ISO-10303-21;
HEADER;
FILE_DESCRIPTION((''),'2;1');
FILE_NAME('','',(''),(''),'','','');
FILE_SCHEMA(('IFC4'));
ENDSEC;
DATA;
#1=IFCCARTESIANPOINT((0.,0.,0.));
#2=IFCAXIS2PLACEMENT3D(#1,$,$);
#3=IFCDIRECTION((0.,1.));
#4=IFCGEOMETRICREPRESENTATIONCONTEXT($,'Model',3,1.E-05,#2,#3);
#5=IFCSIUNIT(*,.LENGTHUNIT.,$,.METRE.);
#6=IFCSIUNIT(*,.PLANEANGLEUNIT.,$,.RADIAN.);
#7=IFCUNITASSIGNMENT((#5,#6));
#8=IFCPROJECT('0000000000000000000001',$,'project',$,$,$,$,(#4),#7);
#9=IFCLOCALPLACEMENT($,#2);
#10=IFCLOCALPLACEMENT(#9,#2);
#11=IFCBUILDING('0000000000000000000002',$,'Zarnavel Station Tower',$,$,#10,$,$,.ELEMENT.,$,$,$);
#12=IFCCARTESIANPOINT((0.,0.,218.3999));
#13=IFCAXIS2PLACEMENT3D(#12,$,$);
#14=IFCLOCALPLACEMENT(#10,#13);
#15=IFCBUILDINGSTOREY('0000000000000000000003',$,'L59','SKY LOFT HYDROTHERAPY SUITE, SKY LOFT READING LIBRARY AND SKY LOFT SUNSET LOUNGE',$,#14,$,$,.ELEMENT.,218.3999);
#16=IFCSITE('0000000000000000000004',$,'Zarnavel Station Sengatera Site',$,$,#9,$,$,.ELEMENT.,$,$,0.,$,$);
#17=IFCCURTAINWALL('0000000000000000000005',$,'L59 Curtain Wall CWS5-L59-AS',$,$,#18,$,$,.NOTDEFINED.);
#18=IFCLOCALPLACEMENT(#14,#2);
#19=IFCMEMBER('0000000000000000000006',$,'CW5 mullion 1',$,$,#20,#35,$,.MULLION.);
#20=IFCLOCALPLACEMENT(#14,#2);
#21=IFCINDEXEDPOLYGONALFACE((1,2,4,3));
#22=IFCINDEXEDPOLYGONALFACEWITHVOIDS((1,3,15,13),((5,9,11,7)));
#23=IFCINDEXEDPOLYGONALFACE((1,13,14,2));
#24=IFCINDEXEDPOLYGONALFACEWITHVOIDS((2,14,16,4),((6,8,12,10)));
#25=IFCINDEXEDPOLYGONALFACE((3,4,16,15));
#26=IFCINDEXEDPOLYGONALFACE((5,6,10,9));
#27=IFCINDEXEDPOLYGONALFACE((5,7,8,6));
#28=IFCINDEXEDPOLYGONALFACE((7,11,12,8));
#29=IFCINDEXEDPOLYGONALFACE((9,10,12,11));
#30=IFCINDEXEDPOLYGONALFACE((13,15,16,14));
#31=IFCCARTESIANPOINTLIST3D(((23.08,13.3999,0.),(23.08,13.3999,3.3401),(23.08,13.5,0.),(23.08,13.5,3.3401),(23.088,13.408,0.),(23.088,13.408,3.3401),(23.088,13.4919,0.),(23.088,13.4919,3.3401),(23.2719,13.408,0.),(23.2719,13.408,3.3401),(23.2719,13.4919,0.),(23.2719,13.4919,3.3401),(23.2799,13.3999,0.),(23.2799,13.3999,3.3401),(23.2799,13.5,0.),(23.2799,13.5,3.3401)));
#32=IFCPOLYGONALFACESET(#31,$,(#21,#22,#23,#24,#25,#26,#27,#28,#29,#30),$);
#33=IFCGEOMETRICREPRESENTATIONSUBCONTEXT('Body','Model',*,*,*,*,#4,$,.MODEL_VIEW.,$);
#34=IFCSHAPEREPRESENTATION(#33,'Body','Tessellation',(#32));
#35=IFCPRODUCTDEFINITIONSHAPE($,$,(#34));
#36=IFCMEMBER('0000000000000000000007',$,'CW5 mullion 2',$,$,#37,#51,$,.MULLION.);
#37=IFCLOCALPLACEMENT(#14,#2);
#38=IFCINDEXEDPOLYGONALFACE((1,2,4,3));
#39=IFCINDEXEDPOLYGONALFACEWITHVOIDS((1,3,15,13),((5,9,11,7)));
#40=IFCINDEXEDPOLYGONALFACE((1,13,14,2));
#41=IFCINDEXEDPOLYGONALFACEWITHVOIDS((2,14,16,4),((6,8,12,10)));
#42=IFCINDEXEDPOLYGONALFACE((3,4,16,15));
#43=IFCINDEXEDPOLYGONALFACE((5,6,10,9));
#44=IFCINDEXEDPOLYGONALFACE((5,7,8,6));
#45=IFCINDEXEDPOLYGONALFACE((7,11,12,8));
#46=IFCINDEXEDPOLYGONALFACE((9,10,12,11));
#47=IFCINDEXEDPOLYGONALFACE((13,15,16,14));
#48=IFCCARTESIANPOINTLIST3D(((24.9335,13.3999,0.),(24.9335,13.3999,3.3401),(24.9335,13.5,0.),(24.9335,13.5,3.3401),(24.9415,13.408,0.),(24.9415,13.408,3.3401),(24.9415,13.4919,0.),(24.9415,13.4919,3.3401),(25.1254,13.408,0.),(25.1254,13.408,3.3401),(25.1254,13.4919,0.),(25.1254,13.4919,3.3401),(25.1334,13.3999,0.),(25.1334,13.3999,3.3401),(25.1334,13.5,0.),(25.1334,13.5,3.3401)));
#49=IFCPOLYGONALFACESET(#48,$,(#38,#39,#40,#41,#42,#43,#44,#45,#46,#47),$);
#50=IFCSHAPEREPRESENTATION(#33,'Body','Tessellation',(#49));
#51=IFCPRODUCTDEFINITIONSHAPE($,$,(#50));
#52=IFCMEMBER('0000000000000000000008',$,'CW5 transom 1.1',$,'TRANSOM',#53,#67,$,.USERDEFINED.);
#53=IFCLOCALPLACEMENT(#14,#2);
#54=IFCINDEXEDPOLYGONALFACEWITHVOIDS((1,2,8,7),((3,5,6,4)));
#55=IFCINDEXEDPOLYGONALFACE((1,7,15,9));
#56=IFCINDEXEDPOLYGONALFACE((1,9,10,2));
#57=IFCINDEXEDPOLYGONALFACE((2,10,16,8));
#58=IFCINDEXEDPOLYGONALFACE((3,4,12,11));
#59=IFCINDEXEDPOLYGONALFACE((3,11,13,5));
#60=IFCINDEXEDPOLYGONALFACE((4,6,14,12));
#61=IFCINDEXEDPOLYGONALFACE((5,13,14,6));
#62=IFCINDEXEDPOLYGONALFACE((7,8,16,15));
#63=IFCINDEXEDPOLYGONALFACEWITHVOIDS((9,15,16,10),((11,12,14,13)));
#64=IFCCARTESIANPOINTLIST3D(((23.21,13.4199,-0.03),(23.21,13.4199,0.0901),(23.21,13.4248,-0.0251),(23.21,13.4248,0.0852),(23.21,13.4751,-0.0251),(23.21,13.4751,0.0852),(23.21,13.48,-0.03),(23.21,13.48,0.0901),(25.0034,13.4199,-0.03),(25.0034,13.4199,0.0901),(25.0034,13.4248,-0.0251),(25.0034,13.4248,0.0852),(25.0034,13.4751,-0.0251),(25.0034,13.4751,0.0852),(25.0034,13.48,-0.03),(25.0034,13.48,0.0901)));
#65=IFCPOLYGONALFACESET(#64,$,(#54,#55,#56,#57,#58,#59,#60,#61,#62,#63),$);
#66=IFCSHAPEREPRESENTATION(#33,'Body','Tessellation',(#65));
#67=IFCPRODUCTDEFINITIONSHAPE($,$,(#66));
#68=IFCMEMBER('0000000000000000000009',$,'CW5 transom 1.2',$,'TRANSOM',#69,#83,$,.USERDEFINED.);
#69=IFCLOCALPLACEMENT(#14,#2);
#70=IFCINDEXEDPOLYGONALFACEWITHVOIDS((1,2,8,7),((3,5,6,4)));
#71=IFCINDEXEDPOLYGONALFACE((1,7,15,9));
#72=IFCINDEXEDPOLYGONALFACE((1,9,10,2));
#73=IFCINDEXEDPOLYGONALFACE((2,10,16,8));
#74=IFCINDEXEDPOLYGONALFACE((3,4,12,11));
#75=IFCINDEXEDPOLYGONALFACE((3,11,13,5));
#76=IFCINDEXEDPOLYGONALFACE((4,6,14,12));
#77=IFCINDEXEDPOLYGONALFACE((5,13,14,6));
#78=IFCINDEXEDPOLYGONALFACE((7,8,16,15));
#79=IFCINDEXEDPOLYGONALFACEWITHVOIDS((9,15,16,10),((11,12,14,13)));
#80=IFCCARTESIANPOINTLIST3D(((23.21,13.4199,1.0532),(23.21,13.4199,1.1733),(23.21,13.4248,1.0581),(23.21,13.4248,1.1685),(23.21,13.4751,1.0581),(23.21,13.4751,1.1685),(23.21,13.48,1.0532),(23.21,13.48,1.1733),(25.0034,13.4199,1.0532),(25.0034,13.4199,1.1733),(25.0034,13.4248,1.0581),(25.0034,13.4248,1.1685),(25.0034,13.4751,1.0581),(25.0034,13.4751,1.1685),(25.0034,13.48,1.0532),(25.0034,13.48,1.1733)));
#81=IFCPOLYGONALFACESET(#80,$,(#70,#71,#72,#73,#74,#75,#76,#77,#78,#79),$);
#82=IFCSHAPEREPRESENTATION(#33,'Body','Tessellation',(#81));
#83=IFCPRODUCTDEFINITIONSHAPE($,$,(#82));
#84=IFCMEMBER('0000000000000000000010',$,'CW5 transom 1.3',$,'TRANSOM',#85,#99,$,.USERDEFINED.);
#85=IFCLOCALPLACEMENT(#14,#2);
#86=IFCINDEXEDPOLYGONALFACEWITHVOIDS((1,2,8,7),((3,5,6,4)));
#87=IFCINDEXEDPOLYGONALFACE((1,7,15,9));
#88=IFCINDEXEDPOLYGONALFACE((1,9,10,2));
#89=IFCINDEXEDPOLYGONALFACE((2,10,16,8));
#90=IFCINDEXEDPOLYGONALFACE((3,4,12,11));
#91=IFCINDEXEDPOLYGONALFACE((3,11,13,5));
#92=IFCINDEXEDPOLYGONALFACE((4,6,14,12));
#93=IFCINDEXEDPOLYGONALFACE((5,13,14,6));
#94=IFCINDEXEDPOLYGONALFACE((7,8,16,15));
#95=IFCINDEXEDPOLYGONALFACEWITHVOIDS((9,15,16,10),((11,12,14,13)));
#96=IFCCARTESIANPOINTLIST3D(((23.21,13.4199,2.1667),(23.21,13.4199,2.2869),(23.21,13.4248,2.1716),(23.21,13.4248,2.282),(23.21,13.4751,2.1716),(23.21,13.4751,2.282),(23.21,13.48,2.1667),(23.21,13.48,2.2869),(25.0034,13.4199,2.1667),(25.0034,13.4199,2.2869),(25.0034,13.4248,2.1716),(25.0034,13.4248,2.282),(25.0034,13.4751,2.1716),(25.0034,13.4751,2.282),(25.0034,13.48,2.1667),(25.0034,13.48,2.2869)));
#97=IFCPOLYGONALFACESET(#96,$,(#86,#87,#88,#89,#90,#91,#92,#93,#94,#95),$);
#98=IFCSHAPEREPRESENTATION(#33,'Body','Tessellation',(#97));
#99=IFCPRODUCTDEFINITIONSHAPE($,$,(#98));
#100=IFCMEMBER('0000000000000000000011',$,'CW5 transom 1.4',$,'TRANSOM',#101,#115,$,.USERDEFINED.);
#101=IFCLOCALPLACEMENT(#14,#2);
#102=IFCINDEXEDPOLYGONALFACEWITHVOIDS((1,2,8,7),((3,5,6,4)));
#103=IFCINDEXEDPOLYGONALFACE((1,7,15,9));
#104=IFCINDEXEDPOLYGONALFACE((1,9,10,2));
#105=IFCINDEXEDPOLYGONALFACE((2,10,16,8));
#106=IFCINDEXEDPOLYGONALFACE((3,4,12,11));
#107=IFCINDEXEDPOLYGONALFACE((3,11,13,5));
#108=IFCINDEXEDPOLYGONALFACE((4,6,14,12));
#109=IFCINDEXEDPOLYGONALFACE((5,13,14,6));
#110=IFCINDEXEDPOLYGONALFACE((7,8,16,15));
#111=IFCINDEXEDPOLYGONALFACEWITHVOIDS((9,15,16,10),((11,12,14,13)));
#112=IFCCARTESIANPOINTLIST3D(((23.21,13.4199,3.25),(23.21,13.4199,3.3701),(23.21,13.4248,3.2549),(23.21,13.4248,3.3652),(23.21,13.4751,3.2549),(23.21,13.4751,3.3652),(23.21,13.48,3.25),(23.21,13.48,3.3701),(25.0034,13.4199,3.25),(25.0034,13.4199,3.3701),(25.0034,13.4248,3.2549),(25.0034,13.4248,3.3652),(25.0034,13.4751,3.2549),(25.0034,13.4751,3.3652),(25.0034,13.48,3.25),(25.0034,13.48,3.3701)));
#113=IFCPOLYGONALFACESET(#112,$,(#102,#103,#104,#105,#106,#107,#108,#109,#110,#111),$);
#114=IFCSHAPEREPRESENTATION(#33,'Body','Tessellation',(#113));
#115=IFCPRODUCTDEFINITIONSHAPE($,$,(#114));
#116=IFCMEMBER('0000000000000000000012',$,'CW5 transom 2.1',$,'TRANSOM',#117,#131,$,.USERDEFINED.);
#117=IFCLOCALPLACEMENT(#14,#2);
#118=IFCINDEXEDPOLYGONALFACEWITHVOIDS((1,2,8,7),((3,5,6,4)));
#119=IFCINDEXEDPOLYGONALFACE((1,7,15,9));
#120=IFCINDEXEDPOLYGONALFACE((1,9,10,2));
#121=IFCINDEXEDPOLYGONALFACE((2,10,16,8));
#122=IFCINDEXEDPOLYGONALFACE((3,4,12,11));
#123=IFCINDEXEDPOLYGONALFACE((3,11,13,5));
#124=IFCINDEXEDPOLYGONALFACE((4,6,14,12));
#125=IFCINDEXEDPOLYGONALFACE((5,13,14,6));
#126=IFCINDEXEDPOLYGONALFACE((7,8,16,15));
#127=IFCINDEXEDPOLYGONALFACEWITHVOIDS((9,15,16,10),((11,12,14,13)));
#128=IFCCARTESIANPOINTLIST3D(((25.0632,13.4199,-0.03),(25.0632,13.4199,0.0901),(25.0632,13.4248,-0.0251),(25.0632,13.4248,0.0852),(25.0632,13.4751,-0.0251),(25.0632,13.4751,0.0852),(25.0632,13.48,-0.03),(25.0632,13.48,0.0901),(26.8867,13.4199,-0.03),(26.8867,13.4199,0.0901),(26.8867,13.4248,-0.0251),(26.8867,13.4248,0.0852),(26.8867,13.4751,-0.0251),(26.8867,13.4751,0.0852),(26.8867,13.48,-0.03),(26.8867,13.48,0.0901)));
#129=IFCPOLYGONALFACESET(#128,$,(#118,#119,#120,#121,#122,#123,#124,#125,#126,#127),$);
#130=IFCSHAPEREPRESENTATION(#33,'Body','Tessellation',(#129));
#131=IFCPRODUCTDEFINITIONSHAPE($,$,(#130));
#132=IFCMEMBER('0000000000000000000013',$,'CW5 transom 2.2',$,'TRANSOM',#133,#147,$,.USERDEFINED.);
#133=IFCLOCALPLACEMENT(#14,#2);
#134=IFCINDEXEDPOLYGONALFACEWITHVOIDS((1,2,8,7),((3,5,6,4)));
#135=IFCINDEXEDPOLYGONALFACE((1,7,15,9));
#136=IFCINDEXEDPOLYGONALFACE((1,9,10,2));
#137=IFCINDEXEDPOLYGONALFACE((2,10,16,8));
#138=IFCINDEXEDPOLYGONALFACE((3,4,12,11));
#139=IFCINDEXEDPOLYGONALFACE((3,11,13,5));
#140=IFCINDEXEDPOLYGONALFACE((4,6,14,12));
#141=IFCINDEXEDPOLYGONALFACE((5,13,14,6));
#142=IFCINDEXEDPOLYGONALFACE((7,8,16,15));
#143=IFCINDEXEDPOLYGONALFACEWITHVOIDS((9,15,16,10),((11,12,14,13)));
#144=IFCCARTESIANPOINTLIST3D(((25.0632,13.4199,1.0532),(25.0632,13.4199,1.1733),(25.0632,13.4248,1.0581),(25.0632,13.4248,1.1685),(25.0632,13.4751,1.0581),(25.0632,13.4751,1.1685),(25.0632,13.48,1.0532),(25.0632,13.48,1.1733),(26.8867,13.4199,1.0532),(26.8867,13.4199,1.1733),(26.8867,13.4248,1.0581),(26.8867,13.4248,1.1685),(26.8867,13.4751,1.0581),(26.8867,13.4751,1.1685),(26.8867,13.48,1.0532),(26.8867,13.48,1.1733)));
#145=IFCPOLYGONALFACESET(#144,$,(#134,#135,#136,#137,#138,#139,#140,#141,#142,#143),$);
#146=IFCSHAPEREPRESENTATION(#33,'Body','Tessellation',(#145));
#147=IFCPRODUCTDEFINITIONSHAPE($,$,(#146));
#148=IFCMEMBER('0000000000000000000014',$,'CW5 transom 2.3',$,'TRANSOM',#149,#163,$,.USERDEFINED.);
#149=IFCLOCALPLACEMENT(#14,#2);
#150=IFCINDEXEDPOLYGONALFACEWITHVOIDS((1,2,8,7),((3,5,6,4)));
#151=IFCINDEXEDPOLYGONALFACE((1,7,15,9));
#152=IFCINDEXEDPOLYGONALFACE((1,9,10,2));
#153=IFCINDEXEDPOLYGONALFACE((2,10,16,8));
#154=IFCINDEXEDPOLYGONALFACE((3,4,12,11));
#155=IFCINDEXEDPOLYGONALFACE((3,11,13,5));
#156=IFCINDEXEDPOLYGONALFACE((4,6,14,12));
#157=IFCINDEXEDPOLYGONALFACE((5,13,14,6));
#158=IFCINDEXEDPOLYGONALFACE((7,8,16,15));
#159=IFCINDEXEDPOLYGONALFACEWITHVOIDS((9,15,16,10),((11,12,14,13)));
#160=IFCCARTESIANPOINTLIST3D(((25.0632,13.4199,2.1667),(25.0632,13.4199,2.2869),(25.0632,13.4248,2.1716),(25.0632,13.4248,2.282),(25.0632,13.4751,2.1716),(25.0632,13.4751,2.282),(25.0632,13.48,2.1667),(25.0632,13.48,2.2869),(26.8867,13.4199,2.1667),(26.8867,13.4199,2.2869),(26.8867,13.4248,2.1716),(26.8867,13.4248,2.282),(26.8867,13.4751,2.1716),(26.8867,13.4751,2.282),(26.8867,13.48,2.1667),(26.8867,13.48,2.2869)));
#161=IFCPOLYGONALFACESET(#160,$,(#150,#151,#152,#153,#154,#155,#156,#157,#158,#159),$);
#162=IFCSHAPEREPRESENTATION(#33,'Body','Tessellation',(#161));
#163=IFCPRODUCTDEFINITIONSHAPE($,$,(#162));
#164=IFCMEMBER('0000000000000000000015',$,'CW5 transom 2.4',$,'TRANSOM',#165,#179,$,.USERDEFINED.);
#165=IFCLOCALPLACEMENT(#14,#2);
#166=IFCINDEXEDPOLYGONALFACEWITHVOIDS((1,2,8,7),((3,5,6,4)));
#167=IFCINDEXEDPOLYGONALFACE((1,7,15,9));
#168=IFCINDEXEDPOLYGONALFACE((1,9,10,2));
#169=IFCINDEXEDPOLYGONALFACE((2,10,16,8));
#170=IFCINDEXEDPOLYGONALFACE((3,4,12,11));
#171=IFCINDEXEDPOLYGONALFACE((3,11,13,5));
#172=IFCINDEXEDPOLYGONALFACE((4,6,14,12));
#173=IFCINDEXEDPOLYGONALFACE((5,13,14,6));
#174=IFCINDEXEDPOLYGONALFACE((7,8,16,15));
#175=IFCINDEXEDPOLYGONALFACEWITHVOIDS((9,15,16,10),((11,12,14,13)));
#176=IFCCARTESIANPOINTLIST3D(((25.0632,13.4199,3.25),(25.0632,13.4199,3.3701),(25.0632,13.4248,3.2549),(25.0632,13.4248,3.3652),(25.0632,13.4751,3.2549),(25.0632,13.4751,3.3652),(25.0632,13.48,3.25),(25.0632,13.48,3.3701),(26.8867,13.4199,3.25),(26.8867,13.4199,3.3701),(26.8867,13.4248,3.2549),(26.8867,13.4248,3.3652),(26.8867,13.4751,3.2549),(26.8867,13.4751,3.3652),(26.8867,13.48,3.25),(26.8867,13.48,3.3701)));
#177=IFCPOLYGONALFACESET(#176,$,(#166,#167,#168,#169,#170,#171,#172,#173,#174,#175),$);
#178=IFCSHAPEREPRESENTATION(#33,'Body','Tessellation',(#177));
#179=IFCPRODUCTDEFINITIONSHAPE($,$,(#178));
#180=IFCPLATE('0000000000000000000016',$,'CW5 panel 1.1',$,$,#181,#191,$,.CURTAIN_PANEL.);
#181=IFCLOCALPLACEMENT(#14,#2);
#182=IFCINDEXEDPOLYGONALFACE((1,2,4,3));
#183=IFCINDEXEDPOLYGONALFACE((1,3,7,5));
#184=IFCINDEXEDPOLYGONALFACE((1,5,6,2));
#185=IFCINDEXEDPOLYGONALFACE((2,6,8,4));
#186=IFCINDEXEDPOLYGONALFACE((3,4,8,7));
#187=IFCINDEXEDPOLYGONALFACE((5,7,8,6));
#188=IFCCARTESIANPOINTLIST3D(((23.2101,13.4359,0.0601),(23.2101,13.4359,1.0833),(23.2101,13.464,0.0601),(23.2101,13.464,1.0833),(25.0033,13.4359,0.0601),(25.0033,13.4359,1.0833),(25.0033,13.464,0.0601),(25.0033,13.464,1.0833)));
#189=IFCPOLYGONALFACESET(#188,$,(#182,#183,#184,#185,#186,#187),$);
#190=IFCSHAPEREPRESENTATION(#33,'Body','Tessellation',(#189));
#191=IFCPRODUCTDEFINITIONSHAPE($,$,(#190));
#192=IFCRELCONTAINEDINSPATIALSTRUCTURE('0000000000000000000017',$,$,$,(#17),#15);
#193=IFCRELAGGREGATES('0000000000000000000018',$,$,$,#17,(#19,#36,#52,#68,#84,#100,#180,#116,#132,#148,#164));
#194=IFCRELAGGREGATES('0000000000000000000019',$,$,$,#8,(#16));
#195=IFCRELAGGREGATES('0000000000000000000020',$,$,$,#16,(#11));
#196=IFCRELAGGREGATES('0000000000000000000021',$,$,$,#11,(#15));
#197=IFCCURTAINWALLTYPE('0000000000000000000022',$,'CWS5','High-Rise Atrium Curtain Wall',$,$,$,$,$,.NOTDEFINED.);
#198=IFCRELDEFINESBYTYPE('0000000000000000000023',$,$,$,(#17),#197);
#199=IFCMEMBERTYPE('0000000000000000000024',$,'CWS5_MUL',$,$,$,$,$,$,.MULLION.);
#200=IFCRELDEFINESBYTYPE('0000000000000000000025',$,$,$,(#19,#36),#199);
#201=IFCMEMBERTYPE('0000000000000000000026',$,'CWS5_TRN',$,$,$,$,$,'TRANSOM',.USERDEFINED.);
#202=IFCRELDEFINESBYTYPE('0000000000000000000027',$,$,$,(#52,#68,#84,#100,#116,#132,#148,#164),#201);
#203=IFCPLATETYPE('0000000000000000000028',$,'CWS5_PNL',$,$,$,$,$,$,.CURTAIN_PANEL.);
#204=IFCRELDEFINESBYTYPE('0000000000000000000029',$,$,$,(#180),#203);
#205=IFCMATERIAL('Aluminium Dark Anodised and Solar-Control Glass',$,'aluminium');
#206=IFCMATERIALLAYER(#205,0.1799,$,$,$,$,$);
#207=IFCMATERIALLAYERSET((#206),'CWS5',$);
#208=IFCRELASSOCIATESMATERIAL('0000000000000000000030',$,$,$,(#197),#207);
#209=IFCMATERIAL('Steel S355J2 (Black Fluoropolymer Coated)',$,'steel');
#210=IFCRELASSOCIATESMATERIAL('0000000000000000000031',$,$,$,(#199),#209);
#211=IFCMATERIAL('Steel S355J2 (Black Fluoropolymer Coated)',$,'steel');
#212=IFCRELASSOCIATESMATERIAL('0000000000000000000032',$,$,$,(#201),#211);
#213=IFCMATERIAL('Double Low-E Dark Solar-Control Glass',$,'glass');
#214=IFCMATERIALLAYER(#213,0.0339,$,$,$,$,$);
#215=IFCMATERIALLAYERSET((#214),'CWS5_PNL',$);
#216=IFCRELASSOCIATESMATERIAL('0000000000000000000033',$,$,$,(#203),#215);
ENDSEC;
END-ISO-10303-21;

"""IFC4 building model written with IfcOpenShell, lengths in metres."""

from ifc_helpers import new_model, si_unit, direction, frame, origin, origin_2d, place, context, subcontext, project, spatial, rectangle, hollow_rectangle, extrude, material, layer, layer_set, material_profile, profile_set, type_object, element, aggregate, save


model = new_model("IFC4")

# Units and contexts
model_context = context("Model", 3, precision=1e-05, world=origin(), true_north=direction((0.0, 1.0)))
body_context = subcontext(model_context, "Body", "Model", "MODEL_VIEW")
ifc_project = project(units=[si_unit("LENGTHUNIT", "METRE"), si_unit("PLANEANGLEUNIT", "RADIAN")], contexts=[model_context])

# Site, building, storey
site_placement = place(None, origin())
site = spatial("IfcSite", under=ifc_project, at=site_placement, Name="Zarnavel Station Sengatera Site", CompositionType="ELEMENT", RefElevation=0.0)
building_placement = place(site_placement, origin())
building = spatial("IfcBuilding", under=site, at=building_placement, Name="Zarnavel Station Tower", CompositionType="ELEMENT")
storey_placement = place(building_placement, frame((0.0, 0.0, 218.3999)))
storey = spatial("IfcBuildingStorey", under=building, at=storey_placement, Name="L59", Description="SKY LOFT HYDROTHERAPY SUITE, SKY LOFT READING LIBRARY AND SKY LOFT SUNSET LOUNGE", CompositionType="ELEMENT", Elevation=218.3999)

# Curtain wall, members, plate
ifc_material_1 = material(Name="Aluminium Dark Anodised and Solar-Control Glass", Category="aluminium")
ifc_layer_1 = layer(ifc_material_1, 0.1799)
ifc_layer_set_1 = layer_set([ifc_layer_1], Name="CWS5")
curtain_wall_type = type_object("IfcCurtainWallType", Name="CWS5", Description="High-Rise Atrium Curtain Wall", PredefinedType="NOTDEFINED", material=ifc_layer_set_1)
curtain_wall_placement = place(storey_placement, origin())
curtain_wall = element("IfcCurtainWall", 1, at=curtain_wall_placement, inside=storey, type_object=curtain_wall_type, Name="L59 Curtain Wall CWS5-L59-AS", PredefinedType="NOTDEFINED")
ifc_material_2 = material(Name="Steel S355J2 (Black Fluoropolymer Coated)", Category="steel")
ifc_material_profile_1 = material_profile(ifc_material_2, hollow_rectangle(XDim=0.1001, YDim=0.2, WallThickness=0.0081, at=origin_2d()), Name="RHS200x100x8")
ifc_profile_set_1 = profile_set([ifc_material_profile_1], Name="Steel S355J2 (Black Fluoropolymer Coated)")
member_type_1 = type_object("IfcMemberType", Name="CWS5_MUL", PredefinedType="MULLION", material=ifc_profile_set_1)
member_1_placement = place(storey_placement, frame((23.1799, 13.45, 0.0), z_axis=(0.0, 0.0, 1.0), x_axis=(0.0, 1.0, 0.0)))
member_1 = element("IfcMember", 2, at=member_1_placement, type_object=member_type_1, Name="CW5 mullion 1", PredefinedType="MULLION", context=body_context, shape_type="SweptSolid", body=[
    extrude(hollow_rectangle(XDim=0.1001, YDim=0.2, WallThickness=0.0081, at=origin_2d()), origin(), (0.0, 0.0, 1.0), 3.3401),
])
member_2_placement = place(storey_placement, frame((25.0334, 13.45, 0.0), z_axis=(0.0, 0.0, 1.0), x_axis=(0.0, 1.0, 0.0)))
member_2 = element("IfcMember", 3, at=member_2_placement, type_object=member_type_1, Name="CW5 mullion 2", PredefinedType="MULLION", context=body_context, shape_type="SweptSolid", body=[
    extrude(hollow_rectangle(XDim=0.1001, YDim=0.2, WallThickness=0.0081, at=origin_2d()), origin(), (0.0, 0.0, 1.0), 3.3401),
])
ifc_material_3 = material(Name="Steel S355J2 (Black Fluoropolymer Coated)", Category="steel")
ifc_material_profile_2 = material_profile(ifc_material_3, hollow_rectangle(XDim=0.0601, YDim=0.1201, WallThickness=0.0049, at=origin_2d()), Name="RHS120x60x5")
ifc_profile_set_2 = profile_set([ifc_material_profile_2], Name="Steel S355J2 (Black Fluoropolymer Coated)")
member_type_2 = type_object("IfcMemberType", Name="CWS5_TRN", ElementType="TRANSOM", PredefinedType="USERDEFINED", material=ifc_profile_set_2)
member_3_placement = place(storey_placement, frame((23.21, 13.45, 0.03), z_axis=(1.0, 0.0, 0.0), x_axis=(0.0, 1.0, 0.0)))
member_3 = element("IfcMember", 4, at=member_3_placement, type_object=member_type_2, Name="CW5 transom 1.1", ObjectType="TRANSOM", PredefinedType="USERDEFINED", context=body_context, shape_type="SweptSolid", body=[
    extrude(hollow_rectangle(XDim=0.0601, YDim=0.1201, WallThickness=0.0049, at=origin_2d()), origin(), (0.0, 0.0, 1.0), 1.7935),
])
member_4_placement = place(storey_placement, frame((23.21, 13.45, 1.1133), z_axis=(1.0, 0.0, 0.0), x_axis=(0.0, 1.0, 0.0)))
member_4 = element("IfcMember", 5, at=member_4_placement, type_object=member_type_2, Name="CW5 transom 1.2", ObjectType="TRANSOM", PredefinedType="USERDEFINED", context=body_context, shape_type="SweptSolid", body=[
    extrude(hollow_rectangle(XDim=0.0601, YDim=0.1201, WallThickness=0.0049, at=origin_2d()), origin(), (0.0, 0.0, 1.0), 1.7935),
])
member_5_placement = place(storey_placement, frame((23.21, 13.45, 2.2268), z_axis=(1.0, 0.0, 0.0), x_axis=(0.0, 1.0, 0.0)))
member_5 = element("IfcMember", 6, at=member_5_placement, type_object=member_type_2, Name="CW5 transom 1.3", ObjectType="TRANSOM", PredefinedType="USERDEFINED", context=body_context, shape_type="SweptSolid", body=[
    extrude(hollow_rectangle(XDim=0.0601, YDim=0.1201, WallThickness=0.0049, at=origin_2d()), origin(), (0.0, 0.0, 1.0), 1.7935),
])
member_6_placement = place(storey_placement, frame((23.21, 13.45, 3.3101), z_axis=(1.0, 0.0, 0.0), x_axis=(0.0, 1.0, 0.0)))
member_6 = element("IfcMember", 7, at=member_6_placement, type_object=member_type_2, Name="CW5 transom 1.4", ObjectType="TRANSOM", PredefinedType="USERDEFINED", context=body_context, shape_type="SweptSolid", body=[
    extrude(hollow_rectangle(XDim=0.0601, YDim=0.1201, WallThickness=0.0049, at=origin_2d()), origin(), (0.0, 0.0, 1.0), 1.7935),
])
member_7_placement = place(storey_placement, frame((25.0632, 13.45, 0.03), z_axis=(1.0, 0.0, 0.0), x_axis=(0.0, 1.0, 0.0)))
member_7 = element("IfcMember", 8, at=member_7_placement, type_object=member_type_2, Name="CW5 transom 2.1", ObjectType="TRANSOM", PredefinedType="USERDEFINED", context=body_context, shape_type="SweptSolid", body=[
    extrude(hollow_rectangle(XDim=0.0601, YDim=0.1201, WallThickness=0.0049, at=origin_2d()), origin(), (0.0, 0.0, 1.0), 1.8235),
])
member_8_placement = place(storey_placement, frame((25.0632, 13.45, 1.1133), z_axis=(1.0, 0.0, 0.0), x_axis=(0.0, 1.0, 0.0)))
member_8 = element("IfcMember", 9, at=member_8_placement, type_object=member_type_2, Name="CW5 transom 2.2", ObjectType="TRANSOM", PredefinedType="USERDEFINED", context=body_context, shape_type="SweptSolid", body=[
    extrude(hollow_rectangle(XDim=0.0601, YDim=0.1201, WallThickness=0.0049, at=origin_2d()), origin(), (0.0, 0.0, 1.0), 1.8235),
])
member_9_placement = place(storey_placement, frame((25.0632, 13.45, 2.2268), z_axis=(1.0, 0.0, 0.0), x_axis=(0.0, 1.0, 0.0)))
member_9 = element("IfcMember", 10, at=member_9_placement, type_object=member_type_2, Name="CW5 transom 2.3", ObjectType="TRANSOM", PredefinedType="USERDEFINED", context=body_context, shape_type="SweptSolid", body=[
    extrude(hollow_rectangle(XDim=0.0601, YDim=0.1201, WallThickness=0.0049, at=origin_2d()), origin(), (0.0, 0.0, 1.0), 1.8235),
])
member_10_placement = place(storey_placement, frame((25.0632, 13.45, 3.3101), z_axis=(1.0, 0.0, 0.0), x_axis=(0.0, 1.0, 0.0)))
member_10 = element("IfcMember", 11, at=member_10_placement, type_object=member_type_2, Name="CW5 transom 2.4", ObjectType="TRANSOM", PredefinedType="USERDEFINED", context=body_context, shape_type="SweptSolid", body=[
    extrude(hollow_rectangle(XDim=0.0601, YDim=0.1201, WallThickness=0.0049, at=origin_2d()), origin(), (0.0, 0.0, 1.0), 1.8235),
])
ifc_material_4 = material(Name="Double Low-E Dark Solar-Control Glass", Category="glass")
ifc_layer_2 = layer(ifc_material_4, 0.0339)
ifc_layer_set_2 = layer_set([ifc_layer_2], Name="CWS5_PNL")
plate_type = type_object("IfcPlateType", Name="CWS5_PNL", PredefinedType="CURTAIN_PANEL", material=ifc_layer_set_2)
plate_1_placement = place(storey_placement, frame((24.1067, 13.45, 0.0601), z_axis=(0.0, 0.0, 1.0), x_axis=(1.0, 0.0, 0.0)))
plate_1 = element("IfcPlate", 12, at=plate_1_placement, type_object=plate_type, Name="CW5 panel 1.1", PredefinedType="CURTAIN_PANEL", context=body_context, shape_type="SweptSolid", body=[
    extrude(rectangle(XDim=1.7932, YDim=0.0281, at=origin_2d()), origin(), (0.0, 0.0, 1.0), 1.0232),
])
aggregate(curtain_wall, [member_1, member_2, member_3, member_4, member_5, member_6, plate_1, member_7, member_8, member_9, member_10])

save(model, "model.ifc")
